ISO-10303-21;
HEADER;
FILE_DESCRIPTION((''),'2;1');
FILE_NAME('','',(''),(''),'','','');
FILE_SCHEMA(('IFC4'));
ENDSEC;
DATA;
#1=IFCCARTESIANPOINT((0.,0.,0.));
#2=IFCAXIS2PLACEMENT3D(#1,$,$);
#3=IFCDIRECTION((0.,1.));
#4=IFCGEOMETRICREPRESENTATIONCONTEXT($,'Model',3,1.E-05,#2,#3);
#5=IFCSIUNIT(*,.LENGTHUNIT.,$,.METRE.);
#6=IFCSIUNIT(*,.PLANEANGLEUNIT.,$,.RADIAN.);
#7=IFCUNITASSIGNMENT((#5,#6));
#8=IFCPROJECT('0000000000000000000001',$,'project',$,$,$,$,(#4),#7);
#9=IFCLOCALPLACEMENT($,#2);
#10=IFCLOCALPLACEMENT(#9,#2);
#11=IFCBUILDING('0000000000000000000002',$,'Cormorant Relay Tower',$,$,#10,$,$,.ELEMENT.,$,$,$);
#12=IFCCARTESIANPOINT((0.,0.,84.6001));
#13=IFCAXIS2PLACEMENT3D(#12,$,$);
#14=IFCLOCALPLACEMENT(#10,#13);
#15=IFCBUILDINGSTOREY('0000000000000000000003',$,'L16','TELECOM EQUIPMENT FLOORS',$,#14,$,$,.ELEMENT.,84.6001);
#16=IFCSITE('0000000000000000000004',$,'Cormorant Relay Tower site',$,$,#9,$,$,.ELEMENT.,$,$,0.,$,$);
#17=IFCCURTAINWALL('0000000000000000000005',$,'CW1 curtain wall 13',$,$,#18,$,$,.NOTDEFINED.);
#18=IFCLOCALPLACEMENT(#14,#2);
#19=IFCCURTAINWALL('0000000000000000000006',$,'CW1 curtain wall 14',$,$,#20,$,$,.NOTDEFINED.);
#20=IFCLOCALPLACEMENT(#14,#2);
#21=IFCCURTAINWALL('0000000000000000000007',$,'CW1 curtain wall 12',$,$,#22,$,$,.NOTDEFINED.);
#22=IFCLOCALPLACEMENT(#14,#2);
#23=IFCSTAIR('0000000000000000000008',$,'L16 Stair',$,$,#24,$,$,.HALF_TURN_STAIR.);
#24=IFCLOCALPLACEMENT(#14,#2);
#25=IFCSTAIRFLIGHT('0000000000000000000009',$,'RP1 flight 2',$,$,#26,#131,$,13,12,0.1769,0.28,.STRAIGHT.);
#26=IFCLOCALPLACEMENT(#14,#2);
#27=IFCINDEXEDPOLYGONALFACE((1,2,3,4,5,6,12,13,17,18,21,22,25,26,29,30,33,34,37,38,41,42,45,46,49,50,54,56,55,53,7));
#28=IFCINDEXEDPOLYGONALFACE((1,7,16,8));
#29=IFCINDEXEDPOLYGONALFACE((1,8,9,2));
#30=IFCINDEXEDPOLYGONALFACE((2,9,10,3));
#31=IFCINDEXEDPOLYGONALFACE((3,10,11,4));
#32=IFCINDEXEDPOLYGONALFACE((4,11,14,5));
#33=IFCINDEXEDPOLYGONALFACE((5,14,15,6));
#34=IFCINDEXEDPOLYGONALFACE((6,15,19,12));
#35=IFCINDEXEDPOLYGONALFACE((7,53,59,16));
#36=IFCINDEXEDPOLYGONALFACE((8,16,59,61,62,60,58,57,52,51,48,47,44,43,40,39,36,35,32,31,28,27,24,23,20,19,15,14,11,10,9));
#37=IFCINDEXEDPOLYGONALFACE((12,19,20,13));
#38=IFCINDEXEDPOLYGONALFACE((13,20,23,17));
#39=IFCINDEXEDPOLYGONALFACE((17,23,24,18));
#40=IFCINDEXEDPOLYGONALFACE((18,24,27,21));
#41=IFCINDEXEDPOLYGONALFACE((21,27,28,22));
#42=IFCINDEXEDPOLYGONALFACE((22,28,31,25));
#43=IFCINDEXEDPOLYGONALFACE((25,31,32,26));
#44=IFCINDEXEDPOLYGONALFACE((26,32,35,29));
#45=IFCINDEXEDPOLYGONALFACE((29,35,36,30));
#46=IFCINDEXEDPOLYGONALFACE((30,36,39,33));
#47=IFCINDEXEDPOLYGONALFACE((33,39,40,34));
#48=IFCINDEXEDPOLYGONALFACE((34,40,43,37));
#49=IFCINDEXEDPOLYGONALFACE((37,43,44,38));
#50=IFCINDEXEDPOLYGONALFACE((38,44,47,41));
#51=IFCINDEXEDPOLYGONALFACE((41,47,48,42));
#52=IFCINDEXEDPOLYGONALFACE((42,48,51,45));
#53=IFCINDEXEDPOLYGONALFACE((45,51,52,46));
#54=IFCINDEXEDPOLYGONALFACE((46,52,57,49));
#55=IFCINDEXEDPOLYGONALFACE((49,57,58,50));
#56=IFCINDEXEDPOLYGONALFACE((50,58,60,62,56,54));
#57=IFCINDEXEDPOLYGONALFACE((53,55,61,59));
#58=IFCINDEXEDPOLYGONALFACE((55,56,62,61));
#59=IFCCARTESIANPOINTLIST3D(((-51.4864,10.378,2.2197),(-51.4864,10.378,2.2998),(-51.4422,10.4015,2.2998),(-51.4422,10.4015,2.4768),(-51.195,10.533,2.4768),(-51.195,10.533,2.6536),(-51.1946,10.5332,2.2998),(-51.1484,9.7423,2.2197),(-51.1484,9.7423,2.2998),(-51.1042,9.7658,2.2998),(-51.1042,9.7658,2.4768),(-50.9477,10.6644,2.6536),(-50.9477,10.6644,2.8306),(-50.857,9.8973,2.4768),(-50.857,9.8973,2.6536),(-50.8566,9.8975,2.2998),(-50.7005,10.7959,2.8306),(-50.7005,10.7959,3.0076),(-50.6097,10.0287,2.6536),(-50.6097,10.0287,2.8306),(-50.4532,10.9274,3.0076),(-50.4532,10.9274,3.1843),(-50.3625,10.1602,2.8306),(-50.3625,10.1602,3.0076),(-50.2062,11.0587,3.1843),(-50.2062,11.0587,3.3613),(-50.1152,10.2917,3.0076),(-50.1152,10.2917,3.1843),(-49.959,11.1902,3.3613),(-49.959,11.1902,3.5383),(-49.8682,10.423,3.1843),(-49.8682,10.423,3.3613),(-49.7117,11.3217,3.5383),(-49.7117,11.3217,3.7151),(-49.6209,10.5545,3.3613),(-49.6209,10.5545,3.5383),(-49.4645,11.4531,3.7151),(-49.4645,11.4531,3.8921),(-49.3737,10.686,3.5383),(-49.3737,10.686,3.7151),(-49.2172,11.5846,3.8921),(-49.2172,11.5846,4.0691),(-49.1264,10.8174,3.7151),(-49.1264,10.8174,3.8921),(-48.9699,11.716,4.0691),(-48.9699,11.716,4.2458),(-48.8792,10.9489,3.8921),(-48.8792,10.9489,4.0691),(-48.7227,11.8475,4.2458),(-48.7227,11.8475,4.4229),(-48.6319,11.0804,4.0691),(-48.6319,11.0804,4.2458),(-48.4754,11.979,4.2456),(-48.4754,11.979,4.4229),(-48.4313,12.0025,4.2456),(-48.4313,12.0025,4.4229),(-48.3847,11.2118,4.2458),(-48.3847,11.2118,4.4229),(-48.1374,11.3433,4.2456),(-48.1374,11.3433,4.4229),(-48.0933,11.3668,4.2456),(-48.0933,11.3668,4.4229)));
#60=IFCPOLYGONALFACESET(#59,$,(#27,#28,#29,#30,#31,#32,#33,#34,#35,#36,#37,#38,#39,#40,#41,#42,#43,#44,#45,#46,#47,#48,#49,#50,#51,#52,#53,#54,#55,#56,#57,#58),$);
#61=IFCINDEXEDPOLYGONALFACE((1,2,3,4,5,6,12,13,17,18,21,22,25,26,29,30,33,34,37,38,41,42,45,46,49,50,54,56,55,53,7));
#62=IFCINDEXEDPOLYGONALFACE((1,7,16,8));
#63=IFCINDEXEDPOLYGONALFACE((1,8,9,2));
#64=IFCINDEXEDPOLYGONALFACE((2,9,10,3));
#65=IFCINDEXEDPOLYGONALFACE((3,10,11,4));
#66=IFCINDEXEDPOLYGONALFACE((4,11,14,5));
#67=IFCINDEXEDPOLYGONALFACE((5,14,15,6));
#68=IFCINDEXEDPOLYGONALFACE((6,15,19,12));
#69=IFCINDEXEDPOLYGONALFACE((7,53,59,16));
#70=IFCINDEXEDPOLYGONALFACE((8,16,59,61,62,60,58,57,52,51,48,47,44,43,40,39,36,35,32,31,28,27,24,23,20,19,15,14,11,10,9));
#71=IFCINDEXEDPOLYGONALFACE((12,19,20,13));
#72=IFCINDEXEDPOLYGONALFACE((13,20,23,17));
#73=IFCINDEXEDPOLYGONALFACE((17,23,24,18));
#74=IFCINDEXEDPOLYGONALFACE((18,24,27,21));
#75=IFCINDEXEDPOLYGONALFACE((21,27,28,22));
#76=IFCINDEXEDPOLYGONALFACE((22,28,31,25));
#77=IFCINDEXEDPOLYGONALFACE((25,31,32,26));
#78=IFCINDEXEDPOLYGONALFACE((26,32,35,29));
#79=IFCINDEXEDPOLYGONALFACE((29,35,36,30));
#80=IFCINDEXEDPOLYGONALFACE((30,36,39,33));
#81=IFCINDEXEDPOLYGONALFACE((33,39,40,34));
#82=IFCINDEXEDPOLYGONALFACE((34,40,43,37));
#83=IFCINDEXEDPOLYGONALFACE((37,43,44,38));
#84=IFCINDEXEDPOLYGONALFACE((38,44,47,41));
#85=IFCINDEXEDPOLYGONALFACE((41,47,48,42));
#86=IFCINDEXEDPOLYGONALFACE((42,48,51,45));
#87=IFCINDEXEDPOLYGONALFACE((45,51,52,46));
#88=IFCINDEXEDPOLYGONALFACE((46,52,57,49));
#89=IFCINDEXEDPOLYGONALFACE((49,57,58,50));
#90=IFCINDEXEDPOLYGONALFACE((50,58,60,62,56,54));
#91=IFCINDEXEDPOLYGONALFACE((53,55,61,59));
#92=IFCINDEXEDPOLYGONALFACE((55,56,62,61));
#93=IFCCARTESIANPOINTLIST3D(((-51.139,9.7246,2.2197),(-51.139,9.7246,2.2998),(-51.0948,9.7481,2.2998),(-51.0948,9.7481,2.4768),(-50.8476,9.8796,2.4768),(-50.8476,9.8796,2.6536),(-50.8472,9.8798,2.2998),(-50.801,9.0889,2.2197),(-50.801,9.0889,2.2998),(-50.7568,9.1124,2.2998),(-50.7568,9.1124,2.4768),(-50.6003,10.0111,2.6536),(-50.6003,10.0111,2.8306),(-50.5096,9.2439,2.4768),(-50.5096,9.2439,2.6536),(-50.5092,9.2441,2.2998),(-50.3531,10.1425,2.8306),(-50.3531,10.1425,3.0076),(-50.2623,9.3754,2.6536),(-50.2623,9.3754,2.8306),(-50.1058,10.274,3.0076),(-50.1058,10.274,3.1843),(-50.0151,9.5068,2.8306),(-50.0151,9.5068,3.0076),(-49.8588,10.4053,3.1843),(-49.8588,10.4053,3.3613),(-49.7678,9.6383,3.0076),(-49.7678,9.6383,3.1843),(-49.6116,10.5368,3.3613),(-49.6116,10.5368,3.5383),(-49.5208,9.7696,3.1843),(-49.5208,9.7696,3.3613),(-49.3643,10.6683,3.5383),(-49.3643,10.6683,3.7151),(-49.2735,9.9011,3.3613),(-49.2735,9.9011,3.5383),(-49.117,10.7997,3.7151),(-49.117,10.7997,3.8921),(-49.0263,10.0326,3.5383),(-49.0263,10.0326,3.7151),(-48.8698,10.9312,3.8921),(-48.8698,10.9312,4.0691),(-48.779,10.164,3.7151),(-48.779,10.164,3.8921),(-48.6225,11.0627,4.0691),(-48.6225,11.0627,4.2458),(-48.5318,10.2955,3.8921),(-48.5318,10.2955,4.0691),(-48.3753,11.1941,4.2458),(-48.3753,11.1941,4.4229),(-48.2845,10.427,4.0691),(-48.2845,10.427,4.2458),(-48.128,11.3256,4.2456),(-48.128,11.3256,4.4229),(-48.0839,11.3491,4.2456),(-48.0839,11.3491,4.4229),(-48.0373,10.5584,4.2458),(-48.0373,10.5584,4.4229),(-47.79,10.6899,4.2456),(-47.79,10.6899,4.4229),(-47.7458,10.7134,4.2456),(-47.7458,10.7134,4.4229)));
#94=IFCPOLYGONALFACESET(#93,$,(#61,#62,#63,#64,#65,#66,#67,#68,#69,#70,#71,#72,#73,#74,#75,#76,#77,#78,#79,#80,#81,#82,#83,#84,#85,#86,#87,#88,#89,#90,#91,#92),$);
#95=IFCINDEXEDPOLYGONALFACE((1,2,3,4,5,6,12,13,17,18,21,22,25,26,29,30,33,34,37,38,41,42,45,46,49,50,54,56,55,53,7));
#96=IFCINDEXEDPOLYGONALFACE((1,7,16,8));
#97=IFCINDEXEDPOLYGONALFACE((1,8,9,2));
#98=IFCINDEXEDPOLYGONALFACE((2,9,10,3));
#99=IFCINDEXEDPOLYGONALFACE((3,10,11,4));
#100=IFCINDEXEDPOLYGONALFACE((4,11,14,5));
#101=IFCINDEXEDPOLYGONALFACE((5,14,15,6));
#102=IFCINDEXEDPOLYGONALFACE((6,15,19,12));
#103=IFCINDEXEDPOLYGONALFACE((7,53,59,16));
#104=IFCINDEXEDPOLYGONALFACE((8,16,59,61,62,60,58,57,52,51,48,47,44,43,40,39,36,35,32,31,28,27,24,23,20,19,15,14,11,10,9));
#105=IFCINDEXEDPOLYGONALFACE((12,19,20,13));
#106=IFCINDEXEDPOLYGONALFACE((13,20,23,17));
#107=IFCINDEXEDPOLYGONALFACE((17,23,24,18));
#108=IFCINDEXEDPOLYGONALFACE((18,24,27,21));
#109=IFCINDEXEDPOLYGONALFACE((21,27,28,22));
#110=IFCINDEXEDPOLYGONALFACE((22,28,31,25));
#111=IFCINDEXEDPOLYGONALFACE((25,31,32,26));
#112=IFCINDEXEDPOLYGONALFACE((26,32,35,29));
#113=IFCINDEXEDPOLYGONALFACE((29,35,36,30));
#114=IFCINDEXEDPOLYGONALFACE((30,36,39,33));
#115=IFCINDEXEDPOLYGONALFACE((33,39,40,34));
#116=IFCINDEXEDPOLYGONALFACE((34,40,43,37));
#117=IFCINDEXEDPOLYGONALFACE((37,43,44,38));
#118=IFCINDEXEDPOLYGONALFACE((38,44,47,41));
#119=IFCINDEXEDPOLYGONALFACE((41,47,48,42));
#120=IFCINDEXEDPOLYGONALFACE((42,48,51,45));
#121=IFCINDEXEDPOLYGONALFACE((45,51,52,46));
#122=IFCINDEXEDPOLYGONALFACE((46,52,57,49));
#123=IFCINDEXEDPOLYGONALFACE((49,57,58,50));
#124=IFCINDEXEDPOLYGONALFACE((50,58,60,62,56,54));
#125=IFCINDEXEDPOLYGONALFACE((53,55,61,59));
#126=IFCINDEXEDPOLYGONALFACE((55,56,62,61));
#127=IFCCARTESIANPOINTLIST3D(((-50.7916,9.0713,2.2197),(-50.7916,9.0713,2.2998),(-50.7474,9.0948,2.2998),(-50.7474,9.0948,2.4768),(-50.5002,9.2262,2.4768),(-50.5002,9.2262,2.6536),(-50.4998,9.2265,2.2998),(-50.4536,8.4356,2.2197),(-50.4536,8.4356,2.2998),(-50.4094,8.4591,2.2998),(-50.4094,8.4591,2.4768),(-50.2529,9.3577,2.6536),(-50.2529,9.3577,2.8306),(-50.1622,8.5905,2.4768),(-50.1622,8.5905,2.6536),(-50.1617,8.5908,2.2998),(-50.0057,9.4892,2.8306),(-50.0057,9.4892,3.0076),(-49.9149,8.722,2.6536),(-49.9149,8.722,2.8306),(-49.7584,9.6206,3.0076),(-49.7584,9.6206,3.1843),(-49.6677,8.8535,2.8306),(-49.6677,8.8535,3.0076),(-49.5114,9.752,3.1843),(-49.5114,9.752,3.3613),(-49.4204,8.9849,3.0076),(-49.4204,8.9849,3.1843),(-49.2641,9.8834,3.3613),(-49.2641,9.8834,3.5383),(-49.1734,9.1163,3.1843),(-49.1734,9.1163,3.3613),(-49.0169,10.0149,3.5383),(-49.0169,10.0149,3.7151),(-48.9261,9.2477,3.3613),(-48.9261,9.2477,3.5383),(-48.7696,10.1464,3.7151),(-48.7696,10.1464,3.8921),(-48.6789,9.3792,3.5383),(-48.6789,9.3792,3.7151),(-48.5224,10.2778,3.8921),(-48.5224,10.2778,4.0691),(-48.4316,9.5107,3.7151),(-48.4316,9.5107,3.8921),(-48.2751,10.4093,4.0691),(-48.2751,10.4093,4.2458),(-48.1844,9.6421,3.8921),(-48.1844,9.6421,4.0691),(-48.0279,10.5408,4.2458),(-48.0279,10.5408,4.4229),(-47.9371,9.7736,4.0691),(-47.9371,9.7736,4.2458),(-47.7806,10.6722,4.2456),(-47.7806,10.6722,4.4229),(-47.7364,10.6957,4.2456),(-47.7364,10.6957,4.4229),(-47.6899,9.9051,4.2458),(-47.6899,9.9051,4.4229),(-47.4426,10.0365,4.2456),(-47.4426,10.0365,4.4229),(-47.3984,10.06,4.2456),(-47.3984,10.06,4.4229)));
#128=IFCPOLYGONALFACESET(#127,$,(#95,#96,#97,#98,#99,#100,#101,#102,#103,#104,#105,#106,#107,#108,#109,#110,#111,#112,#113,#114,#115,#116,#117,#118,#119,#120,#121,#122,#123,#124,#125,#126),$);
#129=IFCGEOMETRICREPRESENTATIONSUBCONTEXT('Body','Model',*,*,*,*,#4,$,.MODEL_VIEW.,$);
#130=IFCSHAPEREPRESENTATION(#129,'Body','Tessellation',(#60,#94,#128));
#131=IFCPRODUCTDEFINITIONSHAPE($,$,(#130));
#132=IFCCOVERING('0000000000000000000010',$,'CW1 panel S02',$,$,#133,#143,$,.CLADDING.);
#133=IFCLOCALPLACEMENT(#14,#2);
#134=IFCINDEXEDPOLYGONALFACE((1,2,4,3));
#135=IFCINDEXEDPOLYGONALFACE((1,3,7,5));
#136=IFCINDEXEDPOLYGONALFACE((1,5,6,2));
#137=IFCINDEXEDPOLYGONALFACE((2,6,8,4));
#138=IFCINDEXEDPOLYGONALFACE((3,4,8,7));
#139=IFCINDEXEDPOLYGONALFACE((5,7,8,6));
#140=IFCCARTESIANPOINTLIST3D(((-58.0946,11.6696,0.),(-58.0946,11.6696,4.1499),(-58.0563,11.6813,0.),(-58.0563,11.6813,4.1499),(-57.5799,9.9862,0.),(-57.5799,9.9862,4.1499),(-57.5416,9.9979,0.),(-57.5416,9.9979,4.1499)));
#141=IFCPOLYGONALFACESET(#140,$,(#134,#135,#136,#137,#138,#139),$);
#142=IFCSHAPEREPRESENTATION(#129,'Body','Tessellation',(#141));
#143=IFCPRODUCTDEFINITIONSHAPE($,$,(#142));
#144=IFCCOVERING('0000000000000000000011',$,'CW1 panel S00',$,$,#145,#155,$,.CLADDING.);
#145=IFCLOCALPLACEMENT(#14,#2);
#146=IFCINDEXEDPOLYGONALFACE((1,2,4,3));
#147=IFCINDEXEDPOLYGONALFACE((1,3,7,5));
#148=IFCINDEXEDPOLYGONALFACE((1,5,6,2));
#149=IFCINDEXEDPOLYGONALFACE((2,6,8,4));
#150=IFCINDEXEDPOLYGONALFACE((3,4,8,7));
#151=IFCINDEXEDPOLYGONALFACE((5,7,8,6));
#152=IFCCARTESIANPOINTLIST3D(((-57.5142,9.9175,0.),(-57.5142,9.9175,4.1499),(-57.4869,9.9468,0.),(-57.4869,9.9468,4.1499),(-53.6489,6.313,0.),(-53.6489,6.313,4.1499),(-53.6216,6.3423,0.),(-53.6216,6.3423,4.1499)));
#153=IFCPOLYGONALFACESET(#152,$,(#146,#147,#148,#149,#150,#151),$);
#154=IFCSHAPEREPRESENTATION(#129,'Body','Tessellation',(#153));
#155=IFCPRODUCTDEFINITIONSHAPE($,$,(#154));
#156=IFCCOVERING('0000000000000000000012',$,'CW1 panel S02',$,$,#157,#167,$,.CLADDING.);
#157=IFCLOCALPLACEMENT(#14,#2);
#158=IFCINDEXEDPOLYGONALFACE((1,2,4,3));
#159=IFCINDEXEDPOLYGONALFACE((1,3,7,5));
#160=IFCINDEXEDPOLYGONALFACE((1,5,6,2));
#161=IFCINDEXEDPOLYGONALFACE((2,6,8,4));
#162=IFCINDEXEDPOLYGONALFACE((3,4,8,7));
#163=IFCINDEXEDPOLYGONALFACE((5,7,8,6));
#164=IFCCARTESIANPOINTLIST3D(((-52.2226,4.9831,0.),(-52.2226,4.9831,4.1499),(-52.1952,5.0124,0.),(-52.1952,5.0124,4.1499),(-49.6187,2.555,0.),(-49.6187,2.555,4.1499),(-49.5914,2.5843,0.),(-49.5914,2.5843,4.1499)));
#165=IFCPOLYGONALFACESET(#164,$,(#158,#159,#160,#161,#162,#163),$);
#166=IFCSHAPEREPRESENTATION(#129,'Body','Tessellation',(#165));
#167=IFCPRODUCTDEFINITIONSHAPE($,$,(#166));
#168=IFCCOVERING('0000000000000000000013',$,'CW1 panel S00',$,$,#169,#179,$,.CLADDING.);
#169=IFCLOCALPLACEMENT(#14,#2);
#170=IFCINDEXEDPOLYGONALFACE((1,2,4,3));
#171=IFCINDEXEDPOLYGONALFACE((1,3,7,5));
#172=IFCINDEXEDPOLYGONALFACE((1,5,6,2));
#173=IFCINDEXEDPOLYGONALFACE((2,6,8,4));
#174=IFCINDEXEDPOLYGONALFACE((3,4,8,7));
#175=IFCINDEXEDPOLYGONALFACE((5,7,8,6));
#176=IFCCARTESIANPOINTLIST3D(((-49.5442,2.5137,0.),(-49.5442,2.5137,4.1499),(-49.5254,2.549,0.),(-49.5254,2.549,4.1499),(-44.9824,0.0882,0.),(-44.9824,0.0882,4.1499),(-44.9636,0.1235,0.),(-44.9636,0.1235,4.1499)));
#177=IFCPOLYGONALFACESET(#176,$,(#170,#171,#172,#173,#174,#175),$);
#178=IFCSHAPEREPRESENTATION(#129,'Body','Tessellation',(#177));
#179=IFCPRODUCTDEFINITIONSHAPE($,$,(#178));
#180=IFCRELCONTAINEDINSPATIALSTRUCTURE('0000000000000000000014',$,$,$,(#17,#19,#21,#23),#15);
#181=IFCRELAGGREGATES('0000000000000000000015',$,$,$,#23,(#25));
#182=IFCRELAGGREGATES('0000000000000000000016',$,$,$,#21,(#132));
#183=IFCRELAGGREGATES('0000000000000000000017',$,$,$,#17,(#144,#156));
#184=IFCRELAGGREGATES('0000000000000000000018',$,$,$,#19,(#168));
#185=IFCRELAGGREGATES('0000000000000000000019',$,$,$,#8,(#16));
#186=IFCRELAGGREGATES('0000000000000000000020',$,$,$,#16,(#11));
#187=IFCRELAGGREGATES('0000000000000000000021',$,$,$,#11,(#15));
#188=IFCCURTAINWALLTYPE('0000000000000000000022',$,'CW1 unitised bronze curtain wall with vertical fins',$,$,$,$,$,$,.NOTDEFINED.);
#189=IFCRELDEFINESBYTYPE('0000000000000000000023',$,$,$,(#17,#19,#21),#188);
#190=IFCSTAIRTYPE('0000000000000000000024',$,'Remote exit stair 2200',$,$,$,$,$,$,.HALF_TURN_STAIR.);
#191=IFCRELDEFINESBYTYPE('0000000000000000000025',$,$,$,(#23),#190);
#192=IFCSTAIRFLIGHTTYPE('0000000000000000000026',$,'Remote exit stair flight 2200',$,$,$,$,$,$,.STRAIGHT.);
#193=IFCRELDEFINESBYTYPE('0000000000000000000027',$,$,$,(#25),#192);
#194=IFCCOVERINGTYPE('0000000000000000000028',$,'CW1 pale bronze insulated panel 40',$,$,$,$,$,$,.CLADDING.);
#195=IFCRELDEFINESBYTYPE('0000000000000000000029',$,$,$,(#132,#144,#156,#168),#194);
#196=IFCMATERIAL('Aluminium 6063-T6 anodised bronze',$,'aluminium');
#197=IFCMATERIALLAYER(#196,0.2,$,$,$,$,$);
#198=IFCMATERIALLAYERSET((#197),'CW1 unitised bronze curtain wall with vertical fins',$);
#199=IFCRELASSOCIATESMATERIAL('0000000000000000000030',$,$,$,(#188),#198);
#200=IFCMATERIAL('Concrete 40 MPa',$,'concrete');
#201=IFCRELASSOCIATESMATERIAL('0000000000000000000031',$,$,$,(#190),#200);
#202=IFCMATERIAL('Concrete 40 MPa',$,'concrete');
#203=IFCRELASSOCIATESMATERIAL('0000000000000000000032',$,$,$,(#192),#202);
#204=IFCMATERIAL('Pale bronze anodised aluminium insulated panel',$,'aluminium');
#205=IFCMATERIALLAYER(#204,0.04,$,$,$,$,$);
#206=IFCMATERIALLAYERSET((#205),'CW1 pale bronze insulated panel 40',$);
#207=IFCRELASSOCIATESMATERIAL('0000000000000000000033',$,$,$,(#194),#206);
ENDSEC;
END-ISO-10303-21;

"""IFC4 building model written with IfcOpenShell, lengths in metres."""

from ifc_helpers import new_model, si_unit, direction, frame, origin, origin_2d, place, context, subcontext, project, spatial, polyline, rectangle, outline, extrude, material, layer, layer_set, type_object, element, aggregate, save


model = new_model("IFC4")

# Units and contexts
model_context = context("Model", 3, precision=1e-05, world=origin(), true_north=direction((0.0, 1.0)))
body_context = subcontext(model_context, "Body", "Model", "MODEL_VIEW")
ifc_project = project(units=[si_unit("LENGTHUNIT", "METRE"), si_unit("PLANEANGLEUNIT", "RADIAN")], contexts=[model_context])

# Site, building, storey
site_placement = place(None, origin())
site = spatial("IfcSite", under=ifc_project, at=site_placement, Name="Cormorant Relay Tower site", CompositionType="ELEMENT", RefElevation=0.0)
building_placement = place(site_placement, origin())
building = spatial("IfcBuilding", under=site, at=building_placement, Name="Cormorant Relay Tower", CompositionType="ELEMENT")
storey_placement = place(building_placement, frame((0.0, 0.0, 84.6001)))
storey = spatial("IfcBuildingStorey", under=building, at=storey_placement, Name="L16", Description="TELECOM EQUIPMENT FLOORS", CompositionType="ELEMENT", Elevation=84.6001)

# Curtain walls
ifc_material_1 = material(Name="Aluminium 6063-T6 anodised bronze", Category="aluminium")
ifc_layer_1 = layer(ifc_material_1, 0.2)
ifc_layer_set_1 = layer_set([ifc_layer_1], Name="CW1 unitised bronze curtain wall with vertical fins")
curtain_wall_type = type_object("IfcCurtainWallType", Name="CW1 unitised bronze curtain wall with vertical fins", PredefinedType="NOTDEFINED", material=ifc_layer_set_1)
curtain_wall_1_placement = place(storey_placement, origin())
curtain_wall_1 = element("IfcCurtainWall", 1, at=curtain_wall_1_placement, inside=storey, type_object=curtain_wall_type, Name="CW1 curtain wall 13", PredefinedType="NOTDEFINED")
curtain_wall_2_placement = place(storey_placement, origin())
curtain_wall_2 = element("IfcCurtainWall", 2, at=curtain_wall_2_placement, inside=storey, type_object=curtain_wall_type, Name="CW1 curtain wall 14", PredefinedType="NOTDEFINED")

# Curtain wall
curtain_wall_3_placement = place(storey_placement, origin())
curtain_wall_3 = element("IfcCurtainWall", 3, at=curtain_wall_3_placement, inside=storey, type_object=curtain_wall_type, Name="CW1 curtain wall 12", PredefinedType="NOTDEFINED")

# Stair, stair flight
ifc_material_2 = material(Name="Concrete 40 MPa", Category="concrete")
stair_type = type_object("IfcStairType", Name="Remote exit stair 2200", PredefinedType="HALF_TURN_STAIR", material=ifc_material_2)
stair_placement = place(storey_placement, origin())
stair = element("IfcStair", 4, at=stair_placement, inside=storey, type_object=stair_type, Name="L16 Stair", PredefinedType="HALF_TURN_STAIR")
ifc_material_3 = material(Name="Concrete 40 MPa", Category="concrete")
stair_flight_type = type_object("IfcStairFlightType", Name="Remote exit stair flight 2200", PredefinedType="STRAIGHT", material=ifc_material_3)
stair_flight_1_placement = place(storey_placement, frame((-50.9258, 9.4302, 2.2998), z_axis=(0.0, 0.0, 1.0), x_axis=(0.882948, 0.469472, 0.0)))
stair_flight_1 = element("IfcStairFlight", 5, at=stair_flight_1_placement, type_object=stair_flight_type, Name="RP1 flight 2", NumberOfRisers=13, NumberOfTreads=12, PredefinedType="STRAIGHT", RiserHeight=0.1769, TreadLength=0.28, context=body_context, shape_type="SweptSolid", body=[
    extrude(outline(polyline([(-0.05, -0.0801), (-0.05, 0.0), (0.0, 0.0), (0.0, 0.177), (0.28, 0.177), (0.28, 0.3538), (0.5601, 0.3538), (0.5601, 0.5308), (0.8401, 0.5308), (0.8401, 0.7078), (1.1201, 0.7078), (1.1201, 0.8845), (1.3999, 0.8845), (1.3999, 1.0615), (1.6799, 1.0615), (1.6799, 1.2385), (1.96, 1.2385), (1.96, 1.4153), (2.24, 1.4153), (2.24, 1.5923), (2.52, 1.5923), (2.52, 1.7693), (2.8, 1.7693), (2.8, 1.946), (3.0801, 1.946), (3.0801, 2.123), (3.3601, 2.123), (3.4102, 2.123), (3.4102, 1.9458), (3.3601, 1.9458), (0.2805, 0.0), (-0.05, -0.0801)])), frame((0.0, 1.1001, 0.0), z_axis=(0.0, -1.0, 0.0), x_axis=(1.0, 0.0, 0.0)), (0.0, 0.0, 1.0), 0.72),
    extrude(outline(polyline([(-0.05, -0.0801), (-0.05, 0.0), (0.0, 0.0), (0.0, 0.177), (0.28, 0.177), (0.28, 0.3538), (0.5601, 0.3538), (0.5601, 0.5308), (0.8401, 0.5308), (0.8401, 0.7078), (1.1201, 0.7078), (1.1201, 0.8845), (1.3999, 0.8845), (1.3999, 1.0615), (1.6799, 1.0615), (1.6799, 1.2385), (1.96, 1.2385), (1.96, 1.4153), (2.24, 1.4153), (2.24, 1.5923), (2.52, 1.5923), (2.52, 1.7693), (2.8, 1.7693), (2.8, 1.946), (3.0801, 1.946), (3.0801, 2.123), (3.3601, 2.123), (3.4102, 2.123), (3.4102, 1.9458), (3.3601, 1.9458), (0.2805, 0.0), (-0.05, -0.0801)])), frame((0.0, 0.3601, 0.0), z_axis=(0.0, -1.0, 0.0), x_axis=(1.0, 0.0, 0.0)), (0.0, 0.0, 1.0), 0.72),
    extrude(outline(polyline([(-0.05, -0.0801), (-0.05, 0.0), (0.0, 0.0), (0.0, 0.177), (0.28, 0.177), (0.28, 0.3538), (0.5601, 0.3538), (0.5601, 0.5308), (0.8401, 0.5308), (0.8401, 0.7078), (1.1201, 0.7078), (1.1201, 0.8845), (1.3999, 0.8845), (1.3999, 1.0615), (1.6799, 1.0615), (1.6799, 1.2385), (1.96, 1.2385), (1.96, 1.4153), (2.24, 1.4153), (2.24, 1.5923), (2.52, 1.5923), (2.52, 1.7693), (2.8, 1.7693), (2.8, 1.946), (3.0801, 1.946), (3.0801, 2.123), (3.3601, 2.123), (3.4102, 2.123), (3.4102, 1.9458), (3.3601, 1.9458), (0.2805, 0.0), (-0.05, -0.0801)])), frame((0.0, -0.3799, 0.0), z_axis=(0.0, -1.0, 0.0), x_axis=(1.0, 0.0, 0.0)), (0.0, 0.0, 1.0), 0.72),
])
aggregate(stair, [stair_flight_1])

# Coverings
ifc_material_4 = material(Name="Pale bronze anodised aluminium insulated panel", Category="aluminium")
ifc_layer_2 = layer(ifc_material_4, 0.04)
ifc_layer_set_2 = layer_set([ifc_layer_2], Name="CW1 pale bronze insulated panel 40")
covering_type = type_object("IfcCoveringType", Name="CW1 pale bronze insulated panel 40", PredefinedType="CLADDING", material=ifc_layer_set_2)
covering_1_placement = place(storey_placement, frame((-57.8181, 10.8337, 0.0), z_axis=(0.0, 0.0, 1.0), x_axis=(0.292372, -0.956305, 0.0)))
covering_1 = element("IfcCovering", 6, at=covering_1_placement, type_object=covering_type, Name="CW1 panel S02", PredefinedType="CLADDING", context=body_context, shape_type="SweptSolid", body=[
    extrude(rectangle(XDim=1.7603, YDim=0.04, at=origin_2d()), origin(), (0.0, 0.0, 1.0), 4.1499),
])
aggregate(curtain_wall_3, [covering_1])
covering_2_placement = place(storey_placement, frame((-55.5679, 8.1299, 0.0), z_axis=(0.0, 0.0, 1.0), x_axis=(0.731354, -0.681998, 0.0)))
covering_2 = element("IfcCovering", 7, at=covering_2_placement, type_object=covering_type, Name="CW1 panel S00", PredefinedType="CLADDING", context=body_context, shape_type="SweptSolid", body=[
    extrude(rectangle(XDim=5.2852, YDim=0.04, at=origin_2d()), origin(), (0.0, 0.0, 1.0), 4.1499),
])
covering_3_placement = place(storey_placement, frame((-50.907, 3.7837, 0.0), z_axis=(0.0, 0.0, 1.0), x_axis=(0.731354, -0.681998, 0.0)))
covering_3 = element("IfcCovering", 8, at=covering_3_placement, type_object=covering_type, Name="CW1 panel S02", PredefinedType="CLADDING", context=body_context, shape_type="SweptSolid", body=[
    extrude(rectangle(XDim=3.5603, YDim=0.04, at=origin_2d()), origin(), (0.0, 0.0, 1.0), 4.1499),
])
aggregate(curtain_wall_1, [covering_2, covering_3])
covering_4_placement = place(storey_placement, frame((-47.2539, 1.3186, 0.0), z_axis=(0.0, 0.0, 1.0), x_axis=(0.882948, -0.469472, 0.0)))
covering_4 = element("IfcCovering", 9, at=covering_4_placement, type_object=covering_type, Name="CW1 panel S00", PredefinedType="CLADDING", context=body_context, shape_type="SweptSolid", body=[
    extrude(rectangle(XDim=5.1665, YDim=0.04, at=origin_2d()), origin(), (0.0, 0.0, 1.0), 4.1499),
])
aggregate(curtain_wall_2, [covering_4])

save(model, "model.ifc")
